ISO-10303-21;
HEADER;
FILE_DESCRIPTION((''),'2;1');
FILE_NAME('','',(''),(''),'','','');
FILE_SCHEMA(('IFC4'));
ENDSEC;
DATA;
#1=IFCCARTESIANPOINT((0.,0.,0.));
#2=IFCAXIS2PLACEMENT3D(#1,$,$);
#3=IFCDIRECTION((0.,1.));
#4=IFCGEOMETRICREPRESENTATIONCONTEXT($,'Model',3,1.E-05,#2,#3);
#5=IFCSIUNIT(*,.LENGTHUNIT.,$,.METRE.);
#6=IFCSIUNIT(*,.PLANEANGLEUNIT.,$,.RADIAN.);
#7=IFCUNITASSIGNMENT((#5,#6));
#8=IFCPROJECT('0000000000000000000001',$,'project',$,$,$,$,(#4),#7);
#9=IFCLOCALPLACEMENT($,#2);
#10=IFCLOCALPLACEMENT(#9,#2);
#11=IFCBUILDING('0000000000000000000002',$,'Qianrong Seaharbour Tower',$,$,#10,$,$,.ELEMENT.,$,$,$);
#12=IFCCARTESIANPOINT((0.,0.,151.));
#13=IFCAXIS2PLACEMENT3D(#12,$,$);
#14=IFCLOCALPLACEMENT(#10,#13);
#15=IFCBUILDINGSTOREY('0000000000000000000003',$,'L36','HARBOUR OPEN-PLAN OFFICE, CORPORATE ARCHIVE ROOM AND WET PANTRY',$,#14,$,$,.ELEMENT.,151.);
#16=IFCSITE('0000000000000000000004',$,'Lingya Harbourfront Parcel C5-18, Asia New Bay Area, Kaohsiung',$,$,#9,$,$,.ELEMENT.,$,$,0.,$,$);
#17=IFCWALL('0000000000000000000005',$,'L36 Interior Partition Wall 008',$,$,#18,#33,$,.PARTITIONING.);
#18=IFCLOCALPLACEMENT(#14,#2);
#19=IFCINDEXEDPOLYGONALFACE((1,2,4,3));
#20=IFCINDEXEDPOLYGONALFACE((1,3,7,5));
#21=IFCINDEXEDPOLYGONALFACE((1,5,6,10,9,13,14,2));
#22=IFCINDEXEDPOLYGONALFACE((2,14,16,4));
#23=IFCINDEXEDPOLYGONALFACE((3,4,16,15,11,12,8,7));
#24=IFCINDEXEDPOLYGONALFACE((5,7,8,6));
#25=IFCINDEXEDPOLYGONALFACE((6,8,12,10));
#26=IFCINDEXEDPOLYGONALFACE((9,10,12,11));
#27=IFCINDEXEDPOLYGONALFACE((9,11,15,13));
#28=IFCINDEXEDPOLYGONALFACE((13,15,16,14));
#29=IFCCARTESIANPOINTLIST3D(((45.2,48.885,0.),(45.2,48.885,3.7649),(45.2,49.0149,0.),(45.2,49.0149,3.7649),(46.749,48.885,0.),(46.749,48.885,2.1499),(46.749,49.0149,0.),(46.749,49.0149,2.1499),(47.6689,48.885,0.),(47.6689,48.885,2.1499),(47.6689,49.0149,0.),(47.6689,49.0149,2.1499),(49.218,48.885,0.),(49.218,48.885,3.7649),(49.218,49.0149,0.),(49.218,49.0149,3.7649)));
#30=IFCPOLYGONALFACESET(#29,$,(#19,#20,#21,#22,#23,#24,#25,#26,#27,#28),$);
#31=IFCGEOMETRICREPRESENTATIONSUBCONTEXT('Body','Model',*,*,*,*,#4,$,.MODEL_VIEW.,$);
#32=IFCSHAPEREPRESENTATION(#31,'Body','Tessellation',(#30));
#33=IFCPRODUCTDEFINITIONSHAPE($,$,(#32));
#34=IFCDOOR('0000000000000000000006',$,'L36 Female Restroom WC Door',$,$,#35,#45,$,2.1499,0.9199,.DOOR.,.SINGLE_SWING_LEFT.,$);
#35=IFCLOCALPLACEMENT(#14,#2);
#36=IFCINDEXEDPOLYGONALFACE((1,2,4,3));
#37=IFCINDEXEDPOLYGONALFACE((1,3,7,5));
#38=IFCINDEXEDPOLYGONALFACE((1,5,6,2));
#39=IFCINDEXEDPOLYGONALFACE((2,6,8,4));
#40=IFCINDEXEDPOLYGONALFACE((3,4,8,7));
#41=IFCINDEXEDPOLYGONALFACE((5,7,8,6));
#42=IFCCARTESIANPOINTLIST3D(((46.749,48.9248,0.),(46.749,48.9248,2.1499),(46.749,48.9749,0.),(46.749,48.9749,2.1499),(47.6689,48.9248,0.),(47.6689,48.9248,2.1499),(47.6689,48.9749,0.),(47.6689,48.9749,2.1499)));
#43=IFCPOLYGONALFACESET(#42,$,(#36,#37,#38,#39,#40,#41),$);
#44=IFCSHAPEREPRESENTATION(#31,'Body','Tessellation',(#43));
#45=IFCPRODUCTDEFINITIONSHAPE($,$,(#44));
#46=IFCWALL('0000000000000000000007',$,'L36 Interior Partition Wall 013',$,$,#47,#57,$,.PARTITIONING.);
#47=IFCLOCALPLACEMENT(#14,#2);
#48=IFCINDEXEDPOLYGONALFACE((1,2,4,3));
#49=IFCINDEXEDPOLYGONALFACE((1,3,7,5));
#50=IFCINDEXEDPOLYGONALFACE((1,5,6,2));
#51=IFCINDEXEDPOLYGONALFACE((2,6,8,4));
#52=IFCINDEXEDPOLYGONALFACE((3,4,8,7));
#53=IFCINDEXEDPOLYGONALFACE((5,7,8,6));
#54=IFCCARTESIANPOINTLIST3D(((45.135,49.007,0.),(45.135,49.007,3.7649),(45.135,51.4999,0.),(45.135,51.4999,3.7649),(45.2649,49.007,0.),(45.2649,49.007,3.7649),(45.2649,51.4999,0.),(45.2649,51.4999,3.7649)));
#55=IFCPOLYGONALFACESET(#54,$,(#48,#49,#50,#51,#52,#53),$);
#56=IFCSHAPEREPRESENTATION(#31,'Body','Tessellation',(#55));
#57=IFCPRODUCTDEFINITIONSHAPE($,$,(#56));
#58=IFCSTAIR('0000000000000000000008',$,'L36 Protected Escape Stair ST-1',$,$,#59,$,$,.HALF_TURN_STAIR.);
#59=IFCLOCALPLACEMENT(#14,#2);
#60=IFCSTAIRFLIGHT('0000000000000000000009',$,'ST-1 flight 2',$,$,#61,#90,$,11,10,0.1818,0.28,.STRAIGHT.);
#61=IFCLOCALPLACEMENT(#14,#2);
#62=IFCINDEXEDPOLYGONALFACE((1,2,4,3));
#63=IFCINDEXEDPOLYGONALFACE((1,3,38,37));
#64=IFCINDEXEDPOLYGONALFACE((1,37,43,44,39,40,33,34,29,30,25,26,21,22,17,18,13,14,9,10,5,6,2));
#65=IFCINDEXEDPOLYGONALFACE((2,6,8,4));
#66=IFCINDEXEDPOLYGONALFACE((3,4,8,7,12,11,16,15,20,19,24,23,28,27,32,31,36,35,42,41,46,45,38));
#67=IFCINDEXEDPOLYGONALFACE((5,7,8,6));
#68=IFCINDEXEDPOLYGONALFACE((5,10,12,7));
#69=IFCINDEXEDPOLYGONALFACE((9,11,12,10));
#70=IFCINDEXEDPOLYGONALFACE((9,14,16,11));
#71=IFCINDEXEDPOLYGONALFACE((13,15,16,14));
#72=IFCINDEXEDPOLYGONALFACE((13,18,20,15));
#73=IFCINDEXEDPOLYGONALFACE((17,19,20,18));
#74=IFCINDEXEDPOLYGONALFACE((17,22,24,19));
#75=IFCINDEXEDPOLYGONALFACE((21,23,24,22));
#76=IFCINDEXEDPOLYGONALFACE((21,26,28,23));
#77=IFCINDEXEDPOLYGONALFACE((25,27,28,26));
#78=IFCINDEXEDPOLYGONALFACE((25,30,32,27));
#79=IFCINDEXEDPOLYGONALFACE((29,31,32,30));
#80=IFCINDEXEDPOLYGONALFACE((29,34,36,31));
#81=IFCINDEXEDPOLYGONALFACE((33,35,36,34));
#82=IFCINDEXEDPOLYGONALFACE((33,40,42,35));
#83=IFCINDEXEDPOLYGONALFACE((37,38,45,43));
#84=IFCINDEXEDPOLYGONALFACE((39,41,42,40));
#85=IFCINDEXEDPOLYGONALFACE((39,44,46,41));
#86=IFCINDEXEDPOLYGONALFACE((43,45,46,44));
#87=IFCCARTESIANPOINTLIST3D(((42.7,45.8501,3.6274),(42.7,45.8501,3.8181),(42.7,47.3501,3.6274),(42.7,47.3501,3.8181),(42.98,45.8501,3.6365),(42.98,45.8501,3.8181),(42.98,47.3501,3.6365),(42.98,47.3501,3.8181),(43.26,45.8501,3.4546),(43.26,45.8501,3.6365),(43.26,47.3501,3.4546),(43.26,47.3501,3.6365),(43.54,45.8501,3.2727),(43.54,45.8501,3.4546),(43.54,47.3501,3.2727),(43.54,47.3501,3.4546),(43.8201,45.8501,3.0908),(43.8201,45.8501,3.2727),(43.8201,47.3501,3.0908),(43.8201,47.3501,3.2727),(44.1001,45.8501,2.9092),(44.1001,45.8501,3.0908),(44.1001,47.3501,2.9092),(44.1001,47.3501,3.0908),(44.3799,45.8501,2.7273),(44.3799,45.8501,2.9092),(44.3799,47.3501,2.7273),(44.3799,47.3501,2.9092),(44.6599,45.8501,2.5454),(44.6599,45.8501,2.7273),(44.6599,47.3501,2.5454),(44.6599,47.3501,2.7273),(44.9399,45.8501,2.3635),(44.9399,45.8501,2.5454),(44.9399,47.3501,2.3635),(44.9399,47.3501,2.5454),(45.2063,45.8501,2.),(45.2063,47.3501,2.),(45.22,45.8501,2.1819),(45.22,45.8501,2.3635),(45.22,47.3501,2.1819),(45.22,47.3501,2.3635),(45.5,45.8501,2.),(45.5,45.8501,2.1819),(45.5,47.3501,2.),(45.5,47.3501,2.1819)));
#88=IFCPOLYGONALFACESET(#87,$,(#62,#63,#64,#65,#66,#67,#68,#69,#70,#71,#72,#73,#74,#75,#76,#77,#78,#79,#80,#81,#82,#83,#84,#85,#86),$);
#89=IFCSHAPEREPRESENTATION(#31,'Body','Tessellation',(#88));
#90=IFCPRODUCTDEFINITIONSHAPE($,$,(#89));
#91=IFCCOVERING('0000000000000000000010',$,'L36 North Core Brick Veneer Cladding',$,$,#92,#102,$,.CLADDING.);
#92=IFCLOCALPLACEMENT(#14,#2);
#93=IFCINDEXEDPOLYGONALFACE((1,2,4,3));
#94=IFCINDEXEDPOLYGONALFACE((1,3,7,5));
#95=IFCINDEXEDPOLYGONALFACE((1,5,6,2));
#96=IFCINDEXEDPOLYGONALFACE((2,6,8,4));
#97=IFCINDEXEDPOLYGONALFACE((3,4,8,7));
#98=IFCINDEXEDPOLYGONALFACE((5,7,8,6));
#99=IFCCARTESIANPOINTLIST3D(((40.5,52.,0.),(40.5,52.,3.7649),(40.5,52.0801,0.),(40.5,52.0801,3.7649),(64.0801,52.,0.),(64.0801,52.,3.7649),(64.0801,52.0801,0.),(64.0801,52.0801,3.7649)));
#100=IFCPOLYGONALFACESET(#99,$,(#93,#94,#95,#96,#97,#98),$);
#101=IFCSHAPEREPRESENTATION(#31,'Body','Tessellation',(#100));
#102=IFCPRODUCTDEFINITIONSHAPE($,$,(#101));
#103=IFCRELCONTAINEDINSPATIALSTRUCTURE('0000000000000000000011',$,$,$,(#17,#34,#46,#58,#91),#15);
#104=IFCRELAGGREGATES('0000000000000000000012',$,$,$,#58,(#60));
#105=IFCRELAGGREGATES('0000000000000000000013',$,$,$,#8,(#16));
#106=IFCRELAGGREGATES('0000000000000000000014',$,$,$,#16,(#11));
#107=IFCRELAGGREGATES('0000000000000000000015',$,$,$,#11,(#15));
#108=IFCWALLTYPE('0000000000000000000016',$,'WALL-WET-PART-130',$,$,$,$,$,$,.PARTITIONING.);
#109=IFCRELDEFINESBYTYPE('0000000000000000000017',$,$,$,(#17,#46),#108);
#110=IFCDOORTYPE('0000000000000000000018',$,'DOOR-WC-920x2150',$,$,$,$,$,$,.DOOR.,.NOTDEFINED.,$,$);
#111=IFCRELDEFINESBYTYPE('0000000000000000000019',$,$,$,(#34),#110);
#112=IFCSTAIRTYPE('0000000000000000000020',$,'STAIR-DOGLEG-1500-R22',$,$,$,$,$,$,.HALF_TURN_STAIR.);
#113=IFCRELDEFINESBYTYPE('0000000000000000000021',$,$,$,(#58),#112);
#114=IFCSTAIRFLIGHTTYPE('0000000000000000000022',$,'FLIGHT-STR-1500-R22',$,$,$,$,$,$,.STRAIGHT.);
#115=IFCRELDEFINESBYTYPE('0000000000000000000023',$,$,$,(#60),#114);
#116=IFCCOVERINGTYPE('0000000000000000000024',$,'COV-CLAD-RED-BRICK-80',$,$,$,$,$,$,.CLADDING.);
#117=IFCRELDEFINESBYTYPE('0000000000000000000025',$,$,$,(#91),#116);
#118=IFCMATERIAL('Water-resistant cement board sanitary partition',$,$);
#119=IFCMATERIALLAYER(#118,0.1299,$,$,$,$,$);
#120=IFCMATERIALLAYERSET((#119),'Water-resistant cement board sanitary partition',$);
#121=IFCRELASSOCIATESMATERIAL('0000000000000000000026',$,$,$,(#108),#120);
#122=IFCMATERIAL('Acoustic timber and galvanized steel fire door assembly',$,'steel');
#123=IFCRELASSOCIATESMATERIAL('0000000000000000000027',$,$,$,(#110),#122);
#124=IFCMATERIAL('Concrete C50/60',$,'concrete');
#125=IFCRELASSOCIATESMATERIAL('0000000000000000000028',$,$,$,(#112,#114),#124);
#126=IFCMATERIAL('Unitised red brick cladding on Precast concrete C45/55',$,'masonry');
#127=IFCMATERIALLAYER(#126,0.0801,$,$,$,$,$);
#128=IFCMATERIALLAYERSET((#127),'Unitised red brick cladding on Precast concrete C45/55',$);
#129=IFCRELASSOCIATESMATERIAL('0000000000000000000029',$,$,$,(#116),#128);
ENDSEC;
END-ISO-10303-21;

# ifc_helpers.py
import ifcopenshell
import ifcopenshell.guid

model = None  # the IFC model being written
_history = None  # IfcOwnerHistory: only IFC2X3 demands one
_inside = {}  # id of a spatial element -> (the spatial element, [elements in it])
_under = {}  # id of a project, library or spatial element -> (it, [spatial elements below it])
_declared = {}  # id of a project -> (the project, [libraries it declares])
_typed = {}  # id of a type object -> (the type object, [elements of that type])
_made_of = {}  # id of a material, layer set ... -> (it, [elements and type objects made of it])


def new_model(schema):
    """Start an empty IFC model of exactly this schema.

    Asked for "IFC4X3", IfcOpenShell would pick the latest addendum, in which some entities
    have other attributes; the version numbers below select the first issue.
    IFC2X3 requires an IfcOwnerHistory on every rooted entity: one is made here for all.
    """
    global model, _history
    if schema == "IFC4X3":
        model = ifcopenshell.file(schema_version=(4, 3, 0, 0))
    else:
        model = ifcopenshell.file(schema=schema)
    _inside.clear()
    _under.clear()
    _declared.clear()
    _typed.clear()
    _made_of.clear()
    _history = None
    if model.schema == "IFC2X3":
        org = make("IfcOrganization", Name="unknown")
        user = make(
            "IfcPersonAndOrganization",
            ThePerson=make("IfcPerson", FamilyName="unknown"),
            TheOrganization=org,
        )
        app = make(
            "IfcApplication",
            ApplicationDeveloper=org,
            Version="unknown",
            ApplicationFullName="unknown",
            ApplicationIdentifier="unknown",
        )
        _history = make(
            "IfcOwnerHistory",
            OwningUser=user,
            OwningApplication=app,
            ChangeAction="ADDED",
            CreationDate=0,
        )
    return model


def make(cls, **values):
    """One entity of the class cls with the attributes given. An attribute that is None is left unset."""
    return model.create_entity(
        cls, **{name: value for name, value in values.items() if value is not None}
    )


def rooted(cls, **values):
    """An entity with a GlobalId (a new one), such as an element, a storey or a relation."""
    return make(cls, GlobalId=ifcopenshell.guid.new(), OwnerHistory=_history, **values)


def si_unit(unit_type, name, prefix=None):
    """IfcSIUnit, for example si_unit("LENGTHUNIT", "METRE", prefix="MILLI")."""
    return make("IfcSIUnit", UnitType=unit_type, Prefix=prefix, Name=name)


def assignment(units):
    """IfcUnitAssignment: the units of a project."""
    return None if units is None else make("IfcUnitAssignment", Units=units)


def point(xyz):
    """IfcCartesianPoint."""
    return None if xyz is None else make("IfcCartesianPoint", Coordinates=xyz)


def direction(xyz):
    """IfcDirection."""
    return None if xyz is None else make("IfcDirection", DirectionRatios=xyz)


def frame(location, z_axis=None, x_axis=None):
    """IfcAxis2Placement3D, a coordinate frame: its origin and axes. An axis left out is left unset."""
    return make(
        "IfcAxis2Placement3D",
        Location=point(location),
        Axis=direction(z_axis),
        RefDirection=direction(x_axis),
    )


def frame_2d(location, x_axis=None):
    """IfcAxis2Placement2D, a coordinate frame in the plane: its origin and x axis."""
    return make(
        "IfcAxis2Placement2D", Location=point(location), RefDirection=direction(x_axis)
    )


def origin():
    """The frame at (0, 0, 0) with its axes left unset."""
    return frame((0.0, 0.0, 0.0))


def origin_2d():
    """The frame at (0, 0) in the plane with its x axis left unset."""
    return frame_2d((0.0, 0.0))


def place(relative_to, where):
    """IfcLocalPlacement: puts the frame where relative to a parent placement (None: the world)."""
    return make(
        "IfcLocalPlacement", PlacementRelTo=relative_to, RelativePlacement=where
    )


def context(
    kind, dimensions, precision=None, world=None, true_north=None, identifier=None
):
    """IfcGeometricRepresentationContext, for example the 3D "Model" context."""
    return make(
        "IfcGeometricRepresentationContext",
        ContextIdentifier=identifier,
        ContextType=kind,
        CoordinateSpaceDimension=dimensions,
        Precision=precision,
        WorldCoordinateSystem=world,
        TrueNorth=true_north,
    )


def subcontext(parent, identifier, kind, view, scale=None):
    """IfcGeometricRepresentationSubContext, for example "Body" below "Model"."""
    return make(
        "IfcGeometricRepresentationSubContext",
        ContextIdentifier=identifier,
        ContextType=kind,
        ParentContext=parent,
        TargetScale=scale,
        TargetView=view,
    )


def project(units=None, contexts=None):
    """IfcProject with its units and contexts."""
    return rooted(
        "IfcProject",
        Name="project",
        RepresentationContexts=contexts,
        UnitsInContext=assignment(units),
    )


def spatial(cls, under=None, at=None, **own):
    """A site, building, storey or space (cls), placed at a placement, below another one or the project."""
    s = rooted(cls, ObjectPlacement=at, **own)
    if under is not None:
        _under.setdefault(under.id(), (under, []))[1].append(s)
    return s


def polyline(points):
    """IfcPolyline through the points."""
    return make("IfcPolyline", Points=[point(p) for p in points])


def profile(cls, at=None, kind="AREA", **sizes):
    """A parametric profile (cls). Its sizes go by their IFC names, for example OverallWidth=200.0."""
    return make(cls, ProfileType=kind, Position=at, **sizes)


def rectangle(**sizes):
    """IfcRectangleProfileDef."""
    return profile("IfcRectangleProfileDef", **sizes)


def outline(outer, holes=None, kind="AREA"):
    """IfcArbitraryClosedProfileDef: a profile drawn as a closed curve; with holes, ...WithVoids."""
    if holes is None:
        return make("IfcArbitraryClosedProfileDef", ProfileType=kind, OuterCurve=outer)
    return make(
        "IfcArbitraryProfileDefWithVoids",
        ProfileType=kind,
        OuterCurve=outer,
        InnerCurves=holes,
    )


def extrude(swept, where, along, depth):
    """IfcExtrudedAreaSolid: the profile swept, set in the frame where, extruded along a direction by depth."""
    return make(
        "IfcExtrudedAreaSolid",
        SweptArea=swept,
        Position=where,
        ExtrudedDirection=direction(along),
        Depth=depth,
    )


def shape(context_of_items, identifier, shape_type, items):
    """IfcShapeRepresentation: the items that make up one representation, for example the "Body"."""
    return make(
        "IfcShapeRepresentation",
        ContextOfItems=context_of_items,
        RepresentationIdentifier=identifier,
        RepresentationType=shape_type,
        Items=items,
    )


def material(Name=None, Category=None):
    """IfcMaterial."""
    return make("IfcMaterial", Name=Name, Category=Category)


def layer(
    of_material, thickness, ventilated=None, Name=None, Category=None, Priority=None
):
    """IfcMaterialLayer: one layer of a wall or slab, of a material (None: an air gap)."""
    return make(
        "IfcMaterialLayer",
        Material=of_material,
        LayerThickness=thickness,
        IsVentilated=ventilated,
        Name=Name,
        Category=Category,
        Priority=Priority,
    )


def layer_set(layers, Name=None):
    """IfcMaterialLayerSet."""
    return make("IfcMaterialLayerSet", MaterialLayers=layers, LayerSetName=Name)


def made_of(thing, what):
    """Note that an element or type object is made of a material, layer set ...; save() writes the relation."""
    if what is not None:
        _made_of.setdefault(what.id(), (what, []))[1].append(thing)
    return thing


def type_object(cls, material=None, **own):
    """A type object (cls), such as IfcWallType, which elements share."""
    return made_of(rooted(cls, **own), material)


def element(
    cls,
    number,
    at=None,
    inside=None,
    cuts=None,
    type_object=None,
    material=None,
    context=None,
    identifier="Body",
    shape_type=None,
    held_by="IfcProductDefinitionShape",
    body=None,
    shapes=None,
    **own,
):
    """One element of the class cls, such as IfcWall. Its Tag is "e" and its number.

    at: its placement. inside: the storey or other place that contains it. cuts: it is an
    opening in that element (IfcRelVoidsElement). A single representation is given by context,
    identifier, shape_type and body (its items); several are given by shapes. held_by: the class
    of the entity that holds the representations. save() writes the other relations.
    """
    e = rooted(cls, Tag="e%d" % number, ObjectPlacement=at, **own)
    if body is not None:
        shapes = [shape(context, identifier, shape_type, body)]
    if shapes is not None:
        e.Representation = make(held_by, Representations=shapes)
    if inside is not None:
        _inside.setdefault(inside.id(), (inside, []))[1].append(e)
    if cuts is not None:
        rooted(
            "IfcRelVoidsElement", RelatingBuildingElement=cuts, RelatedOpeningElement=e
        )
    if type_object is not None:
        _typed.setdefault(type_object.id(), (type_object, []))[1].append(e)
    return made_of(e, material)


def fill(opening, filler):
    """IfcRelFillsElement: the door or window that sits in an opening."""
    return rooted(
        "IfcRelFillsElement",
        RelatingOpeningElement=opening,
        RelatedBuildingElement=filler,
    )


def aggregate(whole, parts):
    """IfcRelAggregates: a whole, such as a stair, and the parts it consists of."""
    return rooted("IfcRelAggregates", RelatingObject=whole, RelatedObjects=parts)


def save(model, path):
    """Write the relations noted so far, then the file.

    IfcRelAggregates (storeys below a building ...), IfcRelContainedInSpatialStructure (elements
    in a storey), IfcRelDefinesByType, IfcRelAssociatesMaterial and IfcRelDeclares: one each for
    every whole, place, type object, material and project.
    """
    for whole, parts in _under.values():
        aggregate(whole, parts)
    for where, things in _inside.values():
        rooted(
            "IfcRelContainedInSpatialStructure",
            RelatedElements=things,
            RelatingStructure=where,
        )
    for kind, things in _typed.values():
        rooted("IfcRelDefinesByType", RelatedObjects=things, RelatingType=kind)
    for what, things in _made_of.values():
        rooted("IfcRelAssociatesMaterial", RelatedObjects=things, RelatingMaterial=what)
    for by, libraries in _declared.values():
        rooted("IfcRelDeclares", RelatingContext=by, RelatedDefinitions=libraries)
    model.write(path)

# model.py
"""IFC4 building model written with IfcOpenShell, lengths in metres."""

from ifc_helpers import new_model, si_unit, direction, frame, frame_2d, origin, origin_2d, place, context, subcontext, project, spatial, polyline, rectangle, outline, extrude, material, layer, layer_set, type_object, element, fill, aggregate, save


model = new_model("IFC4")

# Units and contexts
model_context = context("Model", 3, precision=1e-05, world=origin(), true_north=direction((0.0, 1.0)))
body_context = subcontext(model_context, "Body", "Model", "MODEL_VIEW")
ifc_project = project(units=[si_unit("LENGTHUNIT", "METRE"), si_unit("PLANEANGLEUNIT", "RADIAN")], contexts=[model_context])

# Site, building, storey
site_placement = place(None, origin())
site = spatial("IfcSite", under=ifc_project, at=site_placement, Name="Lingya Harbourfront Parcel C5-18, Asia New Bay Area, Kaohsiung", CompositionType="ELEMENT", RefElevation=0.0)
building_placement = place(site_placement, origin())
building = spatial("IfcBuilding", under=site, at=building_placement, Name="Qianrong Seaharbour Tower", CompositionType="ELEMENT")
storey_placement = place(building_placement, frame((0.0, 0.0, 151.0)))
storey = spatial("IfcBuildingStorey", under=building, at=storey_placement, Name="L36", Description="HARBOUR OPEN-PLAN OFFICE, CORPORATE ARCHIVE ROOM AND WET PANTRY", CompositionType="ELEMENT", Elevation=151.0)

# Wall, opening, door
ifc_material_1 = material(Name="Concrete C50/60", Category="concrete")
ifc_material_2 = material(Name="Acoustic timber and galvanized steel fire door assembly", Category="steel")
ifc_material_3 = material(Name="Water-resistant cement board sanitary partition")
ifc_layer_1 = layer(ifc_material_3, 0.1299)
ifc_layer_set_1 = layer_set([ifc_layer_1], Name="Water-resistant cement board sanitary partition")
wall_type_1 = type_object("IfcWallType", Name="WALL-WET-PART-130", PredefinedType="PARTITIONING", material=ifc_layer_set_1)
wall_1_placement = place(storey_placement, frame((45.2, 48.95, 0.0), z_axis=(0.0, 0.0, 1.0), x_axis=(1.0, 0.0, 0.0)))
wall_1 = element("IfcWall", 1, at=wall_1_placement, inside=storey, type_object=wall_type_1, Name="L36 Interior Partition Wall 008", PredefinedType="PARTITIONING", context=body_context, shape_type="SweptSolid", body=[
    extrude(rectangle(XDim=4.0181, YDim=0.1299, at=frame_2d((2.009, 0.0))), origin(), (0.0, 0.0, 1.0), 3.7649),
])
opening_1_placement = place(wall_1_placement, frame((1.5491, 0.0, 0.0)))
opening_1 = element("IfcOpeningElement", 2, at=opening_1_placement, cuts=wall_1, PredefinedType="OPENING", context=body_context, shape_type="SweptSolid", body=[
    extrude(rectangle(XDim=0.9199, YDim=2.1499, at=frame_2d((0.46, 1.075))), frame((0.0, 0.075, 0.0), z_axis=(0.0, -1.0, 0.0), x_axis=(1.0, 0.0, 0.0)), (0.0, 0.0, 1.0), 0.1499),
])
door_type_1 = type_object("IfcDoorType", Name="DOOR-WC-920x2150", OperationType="NOTDEFINED", PredefinedType="DOOR", material=ifc_material_2)
door_1_placement = place(opening_1_placement, origin())
door_1 = element("IfcDoor", 3, at=door_1_placement, inside=storey, type_object=door_type_1, Name="L36 Female Restroom WC Door", OperationType="SINGLE_SWING_LEFT", OverallHeight=2.1499, OverallWidth=0.9199, PredefinedType="DOOR", context=body_context, shape_type="SweptSolid", body=[
    extrude(rectangle(XDim=0.9199, YDim=2.1499, at=frame_2d((0.46, 1.075))), frame((0.0, 0.0249, 0.0), z_axis=(0.0, -1.0, 0.0), x_axis=(1.0, 0.0, 0.0)), (0.0, 0.0, 1.0), 0.05),
])
fill(opening_1, door_1)

# Wall
wall_2_placement = place(storey_placement, frame((45.2, 51.5, 0.0), z_axis=(0.0, 0.0, 1.0), x_axis=(0.0, -1.0, 0.0)))
element("IfcWall", 4, at=wall_2_placement, inside=storey, type_object=wall_type_1, Name="L36 Interior Partition Wall 013", PredefinedType="PARTITIONING", context=body_context, shape_type="SweptSolid", body=[
    extrude(rectangle(XDim=2.4929, YDim=0.1299, at=frame_2d((1.2466, 0.0))), origin(), (0.0, 0.0, 1.0), 3.7649),
])

# Stair, stair flight
stair_type = type_object("IfcStairType", Name="STAIR-DOGLEG-1500-R22", PredefinedType="HALF_TURN_STAIR", material=ifc_material_1)
stair_placement = place(storey_placement, origin())
stair = element("IfcStair", 5, at=stair_placement, inside=storey, type_object=stair_type, Name="L36 Protected Escape Stair ST-1", PredefinedType="HALF_TURN_STAIR")
stair_flight_type = type_object("IfcStairFlightType", Name="FLIGHT-STR-1500-R22", PredefinedType="STRAIGHT", material=ifc_material_1)
stair_flight_placement = place(storey_placement, frame((45.5, 46.6001, 2.0), z_axis=(0.0, 0.0, 1.0), x_axis=(-1.0, 0.0, 0.0)))
stair_flight = element("IfcStairFlight", 6, at=stair_flight_placement, type_object=stair_flight_type, Name="ST-1 flight 2", NumberOfRisers=11, NumberOfTreads=10, PredefinedType="STRAIGHT", RiserHeight=0.1818, TreadLength=0.28, context=body_context, shape_type="SweptSolid", body=[
    extrude(outline(polyline([(0.0, 0.0), (0.0, 0.1819), (0.28, 0.1819), (0.28, 0.3635), (0.5601, 0.3635), (0.5601, 0.5454), (0.8401, 0.5454), (0.8401, 0.7273), (1.1201, 0.7273), (1.1201, 0.9092), (1.3999, 0.9092), (1.3999, 1.0908), (1.6799, 1.0908), (1.6799, 1.2727), (1.96, 1.2727), (1.96, 1.4546), (2.24, 1.4546), (2.24, 1.6365), (2.52, 1.6365), (2.52, 1.8181), (2.8, 1.8181), (2.8, 2.0), (2.8, 1.6274), (0.2937, 0.0), (0.0, 0.0)])), frame((0.0, 0.75, 0.0), z_axis=(0.0, -1.0, 0.0), x_axis=(1.0, 0.0, 0.0)), (0.0, 0.0, 1.0), 1.5),
])
aggregate(stair, [stair_flight])

# Covering
ifc_material_4 = material(Name="Unitised red brick cladding on Precast concrete C45/55", Category="masonry")
ifc_layer_2 = layer(ifc_material_4, 0.0801)
ifc_layer_set_2 = layer_set([ifc_layer_2], Name="Unitised red brick cladding on Precast concrete C45/55")
covering_type = type_object("IfcCoveringType", Name="COV-CLAD-RED-BRICK-80", PredefinedType="CLADDING", material=ifc_layer_set_2)
covering_placement = place(storey_placement, frame((52.29, 52.04, 0.0), z_axis=(0.0, 0.0, 1.0), x_axis=(1.0, 0.0, 0.0)))
element("IfcCovering", 7, at=covering_placement, inside=storey, type_object=covering_type, Name="L36 North Core Brick Veneer Cladding", PredefinedType="CLADDING", context=body_context, shape_type="SweptSolid", body=[
    extrude(rectangle(XDim=23.5801, YDim=0.0801, at=origin_2d()), origin(), (0.0, 0.0, 1.0), 3.7649),
])

save(model, "model.ifc")
